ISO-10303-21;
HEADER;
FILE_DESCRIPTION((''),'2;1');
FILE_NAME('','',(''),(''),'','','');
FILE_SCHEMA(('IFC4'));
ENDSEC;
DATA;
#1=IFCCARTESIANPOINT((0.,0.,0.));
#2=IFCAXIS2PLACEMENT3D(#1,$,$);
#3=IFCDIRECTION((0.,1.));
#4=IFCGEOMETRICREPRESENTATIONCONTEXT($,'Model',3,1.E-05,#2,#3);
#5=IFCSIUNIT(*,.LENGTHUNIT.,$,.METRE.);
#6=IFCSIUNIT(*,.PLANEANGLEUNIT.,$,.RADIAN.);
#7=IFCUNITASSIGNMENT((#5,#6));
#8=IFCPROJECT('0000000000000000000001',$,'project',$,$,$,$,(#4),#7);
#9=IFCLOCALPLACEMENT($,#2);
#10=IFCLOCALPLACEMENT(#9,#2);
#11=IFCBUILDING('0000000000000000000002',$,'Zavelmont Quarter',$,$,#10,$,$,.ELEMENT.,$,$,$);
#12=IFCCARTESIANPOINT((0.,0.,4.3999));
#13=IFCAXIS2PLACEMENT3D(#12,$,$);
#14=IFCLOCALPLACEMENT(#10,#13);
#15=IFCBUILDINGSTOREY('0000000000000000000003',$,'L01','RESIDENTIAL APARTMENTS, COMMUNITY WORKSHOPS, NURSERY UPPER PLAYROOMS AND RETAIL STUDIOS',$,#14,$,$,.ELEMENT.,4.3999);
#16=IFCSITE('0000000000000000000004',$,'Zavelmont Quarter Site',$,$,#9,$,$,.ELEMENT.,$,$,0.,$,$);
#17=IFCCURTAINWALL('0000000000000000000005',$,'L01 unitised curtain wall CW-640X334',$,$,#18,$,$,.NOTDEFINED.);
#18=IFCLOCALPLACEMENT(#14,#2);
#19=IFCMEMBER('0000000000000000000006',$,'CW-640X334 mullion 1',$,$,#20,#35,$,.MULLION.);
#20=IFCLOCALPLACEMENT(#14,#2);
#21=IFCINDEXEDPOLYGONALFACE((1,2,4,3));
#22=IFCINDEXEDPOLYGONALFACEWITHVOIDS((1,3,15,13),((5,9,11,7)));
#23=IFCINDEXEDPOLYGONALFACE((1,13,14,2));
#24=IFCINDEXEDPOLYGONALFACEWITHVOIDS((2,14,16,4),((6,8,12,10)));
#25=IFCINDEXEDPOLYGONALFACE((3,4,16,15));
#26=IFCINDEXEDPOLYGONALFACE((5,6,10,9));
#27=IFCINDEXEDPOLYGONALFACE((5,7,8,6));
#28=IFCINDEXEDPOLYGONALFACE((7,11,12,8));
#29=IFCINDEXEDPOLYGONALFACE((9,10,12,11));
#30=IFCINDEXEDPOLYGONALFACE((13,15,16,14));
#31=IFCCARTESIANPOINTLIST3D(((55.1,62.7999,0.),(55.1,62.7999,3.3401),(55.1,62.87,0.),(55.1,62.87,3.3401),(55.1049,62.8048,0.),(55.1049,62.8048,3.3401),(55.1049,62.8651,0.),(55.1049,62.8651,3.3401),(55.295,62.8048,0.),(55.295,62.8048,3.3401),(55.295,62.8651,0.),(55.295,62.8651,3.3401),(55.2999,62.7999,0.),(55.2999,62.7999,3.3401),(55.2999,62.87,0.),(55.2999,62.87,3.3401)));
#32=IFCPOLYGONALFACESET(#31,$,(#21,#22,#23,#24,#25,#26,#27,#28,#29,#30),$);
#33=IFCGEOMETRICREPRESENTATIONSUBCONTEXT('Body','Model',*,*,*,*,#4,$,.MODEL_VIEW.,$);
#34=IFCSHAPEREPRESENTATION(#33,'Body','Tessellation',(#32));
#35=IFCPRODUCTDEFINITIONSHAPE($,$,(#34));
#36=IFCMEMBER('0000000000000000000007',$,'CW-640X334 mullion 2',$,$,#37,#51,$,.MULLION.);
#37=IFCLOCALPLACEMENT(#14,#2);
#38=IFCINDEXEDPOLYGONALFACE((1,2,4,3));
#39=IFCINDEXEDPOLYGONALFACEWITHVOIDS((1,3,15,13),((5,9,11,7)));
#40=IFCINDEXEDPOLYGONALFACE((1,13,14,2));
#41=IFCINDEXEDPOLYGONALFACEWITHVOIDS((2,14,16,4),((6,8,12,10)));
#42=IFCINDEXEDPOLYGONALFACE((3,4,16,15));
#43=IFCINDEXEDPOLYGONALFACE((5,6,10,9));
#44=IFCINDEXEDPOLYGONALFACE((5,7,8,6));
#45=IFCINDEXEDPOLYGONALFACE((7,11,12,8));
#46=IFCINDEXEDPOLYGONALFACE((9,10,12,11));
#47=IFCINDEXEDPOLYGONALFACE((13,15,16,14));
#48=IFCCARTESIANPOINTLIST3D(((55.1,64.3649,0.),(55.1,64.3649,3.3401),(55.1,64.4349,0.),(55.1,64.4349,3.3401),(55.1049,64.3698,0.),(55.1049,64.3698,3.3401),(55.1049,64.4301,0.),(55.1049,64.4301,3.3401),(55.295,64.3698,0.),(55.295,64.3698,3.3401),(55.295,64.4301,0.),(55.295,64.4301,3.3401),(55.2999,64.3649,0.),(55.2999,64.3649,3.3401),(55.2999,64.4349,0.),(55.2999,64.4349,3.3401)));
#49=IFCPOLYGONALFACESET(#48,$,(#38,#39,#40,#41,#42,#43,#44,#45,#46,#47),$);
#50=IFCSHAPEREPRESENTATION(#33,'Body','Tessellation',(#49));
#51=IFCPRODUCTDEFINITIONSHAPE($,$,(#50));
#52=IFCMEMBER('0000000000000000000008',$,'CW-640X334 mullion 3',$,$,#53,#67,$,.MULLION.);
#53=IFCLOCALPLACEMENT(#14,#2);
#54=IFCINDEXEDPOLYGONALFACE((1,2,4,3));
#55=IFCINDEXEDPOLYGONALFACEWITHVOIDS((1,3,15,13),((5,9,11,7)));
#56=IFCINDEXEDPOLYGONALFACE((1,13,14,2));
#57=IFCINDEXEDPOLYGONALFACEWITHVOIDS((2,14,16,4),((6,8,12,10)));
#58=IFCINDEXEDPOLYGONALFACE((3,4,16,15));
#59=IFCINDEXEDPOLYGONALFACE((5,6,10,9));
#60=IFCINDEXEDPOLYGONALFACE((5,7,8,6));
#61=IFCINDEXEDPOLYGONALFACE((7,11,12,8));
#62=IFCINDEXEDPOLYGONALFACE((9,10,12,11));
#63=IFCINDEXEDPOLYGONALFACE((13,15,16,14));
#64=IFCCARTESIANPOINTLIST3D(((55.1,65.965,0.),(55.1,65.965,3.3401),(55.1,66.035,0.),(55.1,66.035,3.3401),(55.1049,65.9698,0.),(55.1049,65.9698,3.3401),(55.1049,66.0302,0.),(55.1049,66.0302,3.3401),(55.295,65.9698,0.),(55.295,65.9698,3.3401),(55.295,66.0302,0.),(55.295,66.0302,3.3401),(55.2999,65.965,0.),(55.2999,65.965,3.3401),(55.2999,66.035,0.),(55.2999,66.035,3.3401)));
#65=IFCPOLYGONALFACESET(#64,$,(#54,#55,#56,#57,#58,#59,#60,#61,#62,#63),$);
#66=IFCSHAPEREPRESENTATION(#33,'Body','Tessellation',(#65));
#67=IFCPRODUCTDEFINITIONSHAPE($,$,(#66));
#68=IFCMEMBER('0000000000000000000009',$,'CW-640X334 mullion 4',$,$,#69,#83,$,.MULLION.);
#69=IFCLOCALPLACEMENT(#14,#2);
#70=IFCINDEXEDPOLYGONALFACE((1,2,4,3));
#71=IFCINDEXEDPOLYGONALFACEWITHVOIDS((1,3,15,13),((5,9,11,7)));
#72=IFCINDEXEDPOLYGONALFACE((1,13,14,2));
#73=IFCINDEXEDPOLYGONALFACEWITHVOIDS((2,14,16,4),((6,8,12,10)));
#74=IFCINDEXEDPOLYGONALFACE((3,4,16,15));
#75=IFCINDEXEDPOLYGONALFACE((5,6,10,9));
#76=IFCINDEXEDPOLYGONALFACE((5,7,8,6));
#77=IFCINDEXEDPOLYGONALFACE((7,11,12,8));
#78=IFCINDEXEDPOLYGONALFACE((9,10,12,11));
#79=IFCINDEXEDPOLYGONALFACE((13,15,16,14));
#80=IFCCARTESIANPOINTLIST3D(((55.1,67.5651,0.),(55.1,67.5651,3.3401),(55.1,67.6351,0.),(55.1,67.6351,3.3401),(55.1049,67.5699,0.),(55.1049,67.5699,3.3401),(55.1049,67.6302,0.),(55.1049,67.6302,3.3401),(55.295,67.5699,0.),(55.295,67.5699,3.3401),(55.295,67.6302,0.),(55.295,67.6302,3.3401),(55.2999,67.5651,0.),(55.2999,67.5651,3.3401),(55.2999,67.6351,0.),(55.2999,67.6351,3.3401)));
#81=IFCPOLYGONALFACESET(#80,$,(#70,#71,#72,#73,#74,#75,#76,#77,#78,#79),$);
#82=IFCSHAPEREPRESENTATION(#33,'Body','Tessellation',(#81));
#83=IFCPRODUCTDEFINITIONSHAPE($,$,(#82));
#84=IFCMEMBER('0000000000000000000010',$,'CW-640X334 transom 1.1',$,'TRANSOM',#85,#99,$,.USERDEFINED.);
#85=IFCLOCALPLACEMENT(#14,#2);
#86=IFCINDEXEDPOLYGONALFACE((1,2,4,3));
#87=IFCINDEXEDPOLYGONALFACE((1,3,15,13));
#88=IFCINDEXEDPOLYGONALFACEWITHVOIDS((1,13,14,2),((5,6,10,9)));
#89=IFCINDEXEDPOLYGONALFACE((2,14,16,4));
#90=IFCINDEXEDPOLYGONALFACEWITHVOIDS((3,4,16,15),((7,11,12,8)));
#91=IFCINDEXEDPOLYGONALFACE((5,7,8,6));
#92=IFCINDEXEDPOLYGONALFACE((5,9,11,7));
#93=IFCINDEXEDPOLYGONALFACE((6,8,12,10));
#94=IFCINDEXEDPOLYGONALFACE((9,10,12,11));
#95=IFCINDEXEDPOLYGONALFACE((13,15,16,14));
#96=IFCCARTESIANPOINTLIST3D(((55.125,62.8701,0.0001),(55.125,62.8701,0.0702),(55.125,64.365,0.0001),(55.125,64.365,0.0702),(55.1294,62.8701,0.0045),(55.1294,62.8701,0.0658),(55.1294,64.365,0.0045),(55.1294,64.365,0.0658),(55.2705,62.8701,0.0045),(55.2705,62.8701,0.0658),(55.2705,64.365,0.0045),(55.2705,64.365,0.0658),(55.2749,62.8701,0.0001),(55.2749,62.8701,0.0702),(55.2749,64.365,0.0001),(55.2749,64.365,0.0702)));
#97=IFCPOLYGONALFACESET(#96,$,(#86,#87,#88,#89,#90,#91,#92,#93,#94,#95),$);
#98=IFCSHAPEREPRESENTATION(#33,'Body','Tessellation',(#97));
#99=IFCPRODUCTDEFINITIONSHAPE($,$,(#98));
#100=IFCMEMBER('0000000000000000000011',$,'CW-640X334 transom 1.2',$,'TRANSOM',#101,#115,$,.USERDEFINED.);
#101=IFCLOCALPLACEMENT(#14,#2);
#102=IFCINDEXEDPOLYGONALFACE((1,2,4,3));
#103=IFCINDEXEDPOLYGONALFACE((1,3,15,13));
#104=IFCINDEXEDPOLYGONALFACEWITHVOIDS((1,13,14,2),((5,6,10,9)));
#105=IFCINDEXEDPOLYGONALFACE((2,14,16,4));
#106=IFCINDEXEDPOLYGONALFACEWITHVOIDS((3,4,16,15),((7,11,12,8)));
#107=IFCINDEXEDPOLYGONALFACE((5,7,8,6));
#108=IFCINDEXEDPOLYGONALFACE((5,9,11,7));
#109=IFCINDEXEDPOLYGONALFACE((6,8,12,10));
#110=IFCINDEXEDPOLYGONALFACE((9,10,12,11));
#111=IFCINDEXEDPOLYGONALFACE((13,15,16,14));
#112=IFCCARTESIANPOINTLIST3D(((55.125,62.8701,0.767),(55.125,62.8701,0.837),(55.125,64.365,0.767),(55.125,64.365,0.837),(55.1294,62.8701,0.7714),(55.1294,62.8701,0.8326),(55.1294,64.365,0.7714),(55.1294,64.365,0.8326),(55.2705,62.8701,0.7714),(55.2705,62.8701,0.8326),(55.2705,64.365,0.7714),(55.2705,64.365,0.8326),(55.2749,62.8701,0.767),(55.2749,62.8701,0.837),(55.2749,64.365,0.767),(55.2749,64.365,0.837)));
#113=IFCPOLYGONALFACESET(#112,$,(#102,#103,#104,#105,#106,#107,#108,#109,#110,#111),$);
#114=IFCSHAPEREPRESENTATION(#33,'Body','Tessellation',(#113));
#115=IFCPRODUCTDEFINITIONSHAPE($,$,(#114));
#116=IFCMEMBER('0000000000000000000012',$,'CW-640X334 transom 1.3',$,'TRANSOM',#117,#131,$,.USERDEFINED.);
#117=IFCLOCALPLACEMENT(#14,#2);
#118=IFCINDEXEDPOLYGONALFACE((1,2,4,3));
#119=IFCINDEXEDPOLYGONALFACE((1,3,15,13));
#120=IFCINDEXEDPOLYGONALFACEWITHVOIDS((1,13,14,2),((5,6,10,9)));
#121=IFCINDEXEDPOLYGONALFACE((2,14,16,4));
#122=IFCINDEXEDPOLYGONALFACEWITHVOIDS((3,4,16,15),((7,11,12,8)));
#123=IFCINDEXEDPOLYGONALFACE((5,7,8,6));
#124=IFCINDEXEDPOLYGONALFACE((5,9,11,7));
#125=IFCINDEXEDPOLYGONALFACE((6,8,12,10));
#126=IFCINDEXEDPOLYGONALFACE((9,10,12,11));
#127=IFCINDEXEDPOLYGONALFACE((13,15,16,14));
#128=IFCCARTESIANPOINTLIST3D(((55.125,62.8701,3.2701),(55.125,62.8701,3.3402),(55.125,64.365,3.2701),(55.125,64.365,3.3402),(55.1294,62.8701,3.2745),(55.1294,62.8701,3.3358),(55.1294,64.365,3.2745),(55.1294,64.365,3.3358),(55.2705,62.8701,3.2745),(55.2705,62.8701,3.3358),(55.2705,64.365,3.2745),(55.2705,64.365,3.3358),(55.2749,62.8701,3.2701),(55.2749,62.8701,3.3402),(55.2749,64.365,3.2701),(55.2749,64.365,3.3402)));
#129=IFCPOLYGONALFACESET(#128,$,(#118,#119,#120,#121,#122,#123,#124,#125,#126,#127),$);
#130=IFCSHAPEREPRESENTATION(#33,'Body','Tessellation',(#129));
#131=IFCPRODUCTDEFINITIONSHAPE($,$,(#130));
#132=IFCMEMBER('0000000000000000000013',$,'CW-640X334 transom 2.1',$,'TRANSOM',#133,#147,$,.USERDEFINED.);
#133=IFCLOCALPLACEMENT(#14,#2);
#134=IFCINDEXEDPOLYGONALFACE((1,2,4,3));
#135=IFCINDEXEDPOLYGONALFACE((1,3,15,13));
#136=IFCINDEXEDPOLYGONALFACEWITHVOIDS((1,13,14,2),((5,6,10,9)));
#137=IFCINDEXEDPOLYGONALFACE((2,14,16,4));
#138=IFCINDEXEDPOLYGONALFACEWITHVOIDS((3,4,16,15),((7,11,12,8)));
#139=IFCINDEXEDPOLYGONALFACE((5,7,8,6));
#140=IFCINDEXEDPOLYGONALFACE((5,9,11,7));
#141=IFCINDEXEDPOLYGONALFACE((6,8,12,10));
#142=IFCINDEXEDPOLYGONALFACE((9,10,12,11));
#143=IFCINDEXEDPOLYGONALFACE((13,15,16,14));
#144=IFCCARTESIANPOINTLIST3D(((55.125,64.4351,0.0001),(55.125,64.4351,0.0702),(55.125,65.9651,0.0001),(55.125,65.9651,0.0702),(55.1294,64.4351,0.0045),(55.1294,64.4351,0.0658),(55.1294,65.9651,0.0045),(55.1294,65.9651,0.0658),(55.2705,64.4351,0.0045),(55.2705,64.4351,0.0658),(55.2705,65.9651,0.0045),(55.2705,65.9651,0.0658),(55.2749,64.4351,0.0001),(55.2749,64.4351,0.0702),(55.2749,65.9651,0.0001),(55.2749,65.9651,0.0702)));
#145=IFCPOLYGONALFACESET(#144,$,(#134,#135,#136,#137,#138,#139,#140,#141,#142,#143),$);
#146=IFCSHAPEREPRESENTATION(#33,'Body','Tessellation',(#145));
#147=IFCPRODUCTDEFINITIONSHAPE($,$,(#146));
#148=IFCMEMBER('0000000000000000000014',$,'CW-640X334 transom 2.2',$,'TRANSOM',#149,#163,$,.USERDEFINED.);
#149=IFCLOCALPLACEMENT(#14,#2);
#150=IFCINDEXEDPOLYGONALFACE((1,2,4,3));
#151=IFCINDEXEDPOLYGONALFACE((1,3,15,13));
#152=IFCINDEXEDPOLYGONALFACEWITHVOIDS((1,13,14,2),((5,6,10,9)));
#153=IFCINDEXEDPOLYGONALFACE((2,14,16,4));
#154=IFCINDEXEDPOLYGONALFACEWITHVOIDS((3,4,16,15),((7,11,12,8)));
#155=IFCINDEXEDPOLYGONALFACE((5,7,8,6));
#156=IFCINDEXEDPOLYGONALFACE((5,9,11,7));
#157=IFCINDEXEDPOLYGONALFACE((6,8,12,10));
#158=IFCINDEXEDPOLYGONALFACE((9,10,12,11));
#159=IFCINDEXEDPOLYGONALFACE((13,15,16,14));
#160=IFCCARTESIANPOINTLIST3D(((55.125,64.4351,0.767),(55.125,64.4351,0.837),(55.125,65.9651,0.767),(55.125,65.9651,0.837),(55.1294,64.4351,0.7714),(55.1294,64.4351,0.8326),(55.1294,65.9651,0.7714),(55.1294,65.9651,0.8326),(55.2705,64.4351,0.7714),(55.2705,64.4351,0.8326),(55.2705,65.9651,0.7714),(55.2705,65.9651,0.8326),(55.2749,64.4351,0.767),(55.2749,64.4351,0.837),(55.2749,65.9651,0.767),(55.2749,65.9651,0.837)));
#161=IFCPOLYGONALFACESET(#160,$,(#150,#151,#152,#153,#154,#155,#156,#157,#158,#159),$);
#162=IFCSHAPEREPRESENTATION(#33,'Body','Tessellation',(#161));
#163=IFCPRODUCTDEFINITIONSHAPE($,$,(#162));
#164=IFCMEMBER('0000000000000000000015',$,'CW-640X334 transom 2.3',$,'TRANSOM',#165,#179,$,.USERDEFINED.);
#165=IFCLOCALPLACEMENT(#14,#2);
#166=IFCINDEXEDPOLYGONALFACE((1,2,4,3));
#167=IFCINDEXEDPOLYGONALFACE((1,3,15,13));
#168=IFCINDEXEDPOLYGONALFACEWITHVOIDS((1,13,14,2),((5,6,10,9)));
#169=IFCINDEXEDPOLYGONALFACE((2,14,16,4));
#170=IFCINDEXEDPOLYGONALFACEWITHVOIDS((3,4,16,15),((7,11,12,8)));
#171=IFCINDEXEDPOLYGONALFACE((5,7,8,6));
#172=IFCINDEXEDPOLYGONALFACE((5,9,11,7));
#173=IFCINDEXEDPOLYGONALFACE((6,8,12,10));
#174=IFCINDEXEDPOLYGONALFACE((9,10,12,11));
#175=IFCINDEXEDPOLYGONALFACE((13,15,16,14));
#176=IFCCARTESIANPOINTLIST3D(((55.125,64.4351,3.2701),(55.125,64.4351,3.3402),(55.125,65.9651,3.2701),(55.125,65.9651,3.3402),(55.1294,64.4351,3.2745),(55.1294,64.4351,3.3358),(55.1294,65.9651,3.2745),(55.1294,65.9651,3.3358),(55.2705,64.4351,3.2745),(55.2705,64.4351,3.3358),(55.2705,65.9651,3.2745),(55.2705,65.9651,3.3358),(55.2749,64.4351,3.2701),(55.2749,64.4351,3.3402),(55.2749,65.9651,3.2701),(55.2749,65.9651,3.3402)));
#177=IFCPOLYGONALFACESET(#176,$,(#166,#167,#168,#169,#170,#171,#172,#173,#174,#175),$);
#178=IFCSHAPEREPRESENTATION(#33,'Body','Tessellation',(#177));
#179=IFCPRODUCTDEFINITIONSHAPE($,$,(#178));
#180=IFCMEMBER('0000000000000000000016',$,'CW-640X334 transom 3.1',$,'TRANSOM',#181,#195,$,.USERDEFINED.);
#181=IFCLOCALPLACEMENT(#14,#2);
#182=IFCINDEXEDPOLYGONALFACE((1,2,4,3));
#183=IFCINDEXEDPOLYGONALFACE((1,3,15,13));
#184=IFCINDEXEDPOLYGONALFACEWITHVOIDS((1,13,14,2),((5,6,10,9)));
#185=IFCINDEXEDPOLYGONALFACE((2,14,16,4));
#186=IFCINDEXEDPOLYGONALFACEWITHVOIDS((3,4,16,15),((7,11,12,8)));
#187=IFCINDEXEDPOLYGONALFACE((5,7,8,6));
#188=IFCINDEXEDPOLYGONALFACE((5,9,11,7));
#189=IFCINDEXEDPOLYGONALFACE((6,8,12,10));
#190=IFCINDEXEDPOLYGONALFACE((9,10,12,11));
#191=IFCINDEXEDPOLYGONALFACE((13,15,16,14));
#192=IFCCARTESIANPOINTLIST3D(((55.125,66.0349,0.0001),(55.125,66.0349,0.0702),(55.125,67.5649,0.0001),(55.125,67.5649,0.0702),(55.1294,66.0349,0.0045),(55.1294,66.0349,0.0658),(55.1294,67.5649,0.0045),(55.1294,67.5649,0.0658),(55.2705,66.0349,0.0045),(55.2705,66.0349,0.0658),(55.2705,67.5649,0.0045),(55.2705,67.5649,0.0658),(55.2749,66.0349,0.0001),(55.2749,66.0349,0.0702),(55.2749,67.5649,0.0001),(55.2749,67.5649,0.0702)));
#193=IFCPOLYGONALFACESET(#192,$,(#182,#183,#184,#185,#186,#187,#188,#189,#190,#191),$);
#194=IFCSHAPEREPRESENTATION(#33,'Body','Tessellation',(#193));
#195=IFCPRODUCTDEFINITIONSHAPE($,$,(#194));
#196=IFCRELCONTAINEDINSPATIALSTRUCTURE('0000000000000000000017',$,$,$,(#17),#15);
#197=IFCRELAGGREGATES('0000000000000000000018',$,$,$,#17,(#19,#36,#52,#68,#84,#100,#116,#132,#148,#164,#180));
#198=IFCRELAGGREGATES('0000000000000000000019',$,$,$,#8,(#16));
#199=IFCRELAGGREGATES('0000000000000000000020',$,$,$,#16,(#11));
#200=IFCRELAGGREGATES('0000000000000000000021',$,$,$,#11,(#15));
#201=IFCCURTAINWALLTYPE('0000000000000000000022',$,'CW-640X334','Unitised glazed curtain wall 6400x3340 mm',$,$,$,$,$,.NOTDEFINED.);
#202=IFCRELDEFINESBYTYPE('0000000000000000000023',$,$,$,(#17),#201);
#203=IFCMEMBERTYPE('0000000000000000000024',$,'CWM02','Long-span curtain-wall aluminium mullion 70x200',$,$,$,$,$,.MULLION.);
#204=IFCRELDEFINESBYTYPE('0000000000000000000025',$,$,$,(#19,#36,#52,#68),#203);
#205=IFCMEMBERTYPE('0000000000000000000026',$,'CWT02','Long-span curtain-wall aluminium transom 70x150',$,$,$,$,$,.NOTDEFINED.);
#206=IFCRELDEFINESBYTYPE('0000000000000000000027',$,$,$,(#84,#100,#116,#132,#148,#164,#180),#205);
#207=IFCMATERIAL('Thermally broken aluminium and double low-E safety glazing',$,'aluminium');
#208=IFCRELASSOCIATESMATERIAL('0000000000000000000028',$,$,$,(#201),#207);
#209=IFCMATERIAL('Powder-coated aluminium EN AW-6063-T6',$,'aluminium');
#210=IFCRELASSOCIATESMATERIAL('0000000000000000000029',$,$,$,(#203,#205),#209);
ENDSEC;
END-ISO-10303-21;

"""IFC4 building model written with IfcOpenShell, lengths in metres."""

from ifc_helpers import new_model, si_unit, direction, frame, origin, origin_2d, place, context, subcontext, project, spatial, hollow_rectangle, extrude, material, material_profile, profile_set, type_object, element, aggregate, save


model = new_model("IFC4")

# Units and contexts
model_context = context("Model", 3, precision=1e-05, world=origin(), true_north=direction((0.0, 1.0)))
body_context = subcontext(model_context, "Body", "Model", "MODEL_VIEW")
ifc_project = project(units=[si_unit("LENGTHUNIT", "METRE"), si_unit("PLANEANGLEUNIT", "RADIAN")], contexts=[model_context])

# Site, building, storey
site_placement = place(None, origin())
site = spatial("IfcSite", under=ifc_project, at=site_placement, Name="Zavelmont Quarter Site", CompositionType="ELEMENT", RefElevation=0.0)
building_placement = place(site_placement, origin())
building = spatial("IfcBuilding", under=site, at=building_placement, Name="Zavelmont Quarter", CompositionType="ELEMENT")
storey_placement = place(building_placement, frame((0.0, 0.0, 4.3999)))
storey = spatial("IfcBuildingStorey", under=building, at=storey_placement, Name="L01", Description="RESIDENTIAL APARTMENTS, COMMUNITY WORKSHOPS, NURSERY UPPER PLAYROOMS AND RETAIL STUDIOS", CompositionType="ELEMENT", Elevation=4.3999)

# Curtain wall, members
ifc_material_1 = material(Name="Thermally broken aluminium and double low-E safety glazing", Category="aluminium")
curtain_wall_type = type_object("IfcCurtainWallType", Name="CW-640X334", Description="Unitised glazed curtain wall 6400x3340 mm", PredefinedType="NOTDEFINED", material=ifc_material_1)
curtain_wall_placement = place(storey_placement, origin())
curtain_wall = element("IfcCurtainWall", 1, at=curtain_wall_placement, inside=storey, type_object=curtain_wall_type, Name="L01 unitised curtain wall CW-640X334", PredefinedType="NOTDEFINED")
ifc_material_2 = material(Name="Powder-coated aluminium EN AW-6063-T6", Category="aluminium")
ifc_material_profile_1 = material_profile(ifc_material_2, hollow_rectangle(XDim=0.0701, YDim=0.2, WallThickness=0.0049, at=origin_2d()), Name="CWM70X200")
ifc_profile_set_1 = profile_set([ifc_material_profile_1], Name="Powder-coated aluminium EN AW-6063-T6")
member_type_1 = type_object("IfcMemberType", Name="CWM02", Description="Long-span curtain-wall aluminium mullion 70x200", PredefinedType="MULLION", material=ifc_profile_set_1)
member_1_placement = place(storey_placement, frame((55.2, 62.835, 0.0), z_axis=(0.0, 0.0, 1.0), x_axis=(0.0, 1.0, 0.0)))
member_1 = element("IfcMember", 2, at=member_1_placement, type_object=member_type_1, Name="CW-640X334 mullion 1", PredefinedType="MULLION", context=body_context, shape_type="SweptSolid", body=[
    extrude(hollow_rectangle(XDim=0.0701, YDim=0.2, WallThickness=0.0049, at=origin_2d()), origin(), (0.0, 0.0, 1.0), 3.3401),
])
member_2_placement = place(storey_placement, frame((55.2, 64.3999, 0.0), z_axis=(0.0, 0.0, 1.0), x_axis=(0.0, 1.0, 0.0)))
member_2 = element("IfcMember", 3, at=member_2_placement, type_object=member_type_1, Name="CW-640X334 mullion 2", PredefinedType="MULLION", context=body_context, shape_type="SweptSolid", body=[
    extrude(hollow_rectangle(XDim=0.0701, YDim=0.2, WallThickness=0.0049, at=origin_2d()), origin(), (0.0, 0.0, 1.0), 3.3401),
])
member_3_placement = place(storey_placement, frame((55.2, 66.0, 0.0), z_axis=(0.0, 0.0, 1.0), x_axis=(0.0, 1.0, 0.0)))
member_3 = element("IfcMember", 4, at=member_3_placement, type_object=member_type_1, Name="CW-640X334 mullion 3", PredefinedType="MULLION", context=body_context, shape_type="SweptSolid", body=[
    extrude(hollow_rectangle(XDim=0.0701, YDim=0.2, WallThickness=0.0049, at=origin_2d()), origin(), (0.0, 0.0, 1.0), 3.3401),
])
member_4_placement = place(storey_placement, frame((55.2, 67.6001, 0.0), z_axis=(0.0, 0.0, 1.0), x_axis=(0.0, 1.0, 0.0)))
member_4 = element("IfcMember", 5, at=member_4_placement, type_object=member_type_1, Name="CW-640X334 mullion 4", PredefinedType="MULLION", context=body_context, shape_type="SweptSolid", body=[
    extrude(hollow_rectangle(XDim=0.0701, YDim=0.2, WallThickness=0.0049, at=origin_2d()), origin(), (0.0, 0.0, 1.0), 3.3401),
])
ifc_material_profile_2 = material_profile(ifc_material_2, hollow_rectangle(XDim=0.1499, YDim=0.0701, WallThickness=0.0044, at=origin_2d()), Name="CWT70X150")
ifc_profile_set_2 = profile_set([ifc_material_profile_2], Name="Powder-coated aluminium EN AW-6063-T6")
member_type_2 = type_object("IfcMemberType", Name="CWT02", Description="Long-span curtain-wall aluminium transom 70x150", PredefinedType="NOTDEFINED", material=ifc_profile_set_2)
member_5_placement = place(storey_placement, frame((55.2, 62.8701, 0.0352), z_axis=(0.0, 1.0, 0.0), x_axis=(-1.0, 0.0, 0.0)))
member_5 = element("IfcMember", 6, at=member_5_placement, type_object=member_type_2, Name="CW-640X334 transom 1.1", ObjectType="TRANSOM", PredefinedType="USERDEFINED", context=body_context, shape_type="SweptSolid", body=[
    extrude(hollow_rectangle(XDim=0.1499, YDim=0.0701, WallThickness=0.0044, at=origin_2d()), origin(), (0.0, 0.0, 1.0), 1.4949),
])
member_6_placement = place(storey_placement, frame((55.2, 62.8701, 0.802), z_axis=(0.0, 1.0, 0.0), x_axis=(-1.0, 0.0, 0.0)))
member_6 = element("IfcMember", 7, at=member_6_placement, type_object=member_type_2, Name="CW-640X334 transom 1.2", ObjectType="TRANSOM", PredefinedType="USERDEFINED", context=body_context, shape_type="SweptSolid", body=[
    extrude(hollow_rectangle(XDim=0.1499, YDim=0.0701, WallThickness=0.0044, at=origin_2d()), origin(), (0.0, 0.0, 1.0), 1.4949),
])
member_7_placement = place(storey_placement, frame((55.2, 62.8701, 3.3052), z_axis=(0.0, 1.0, 0.0), x_axis=(-1.0, 0.0, 0.0)))
member_7 = element("IfcMember", 8, at=member_7_placement, type_object=member_type_2, Name="CW-640X334 transom 1.3", ObjectType="TRANSOM", PredefinedType="USERDEFINED", context=body_context, shape_type="SweptSolid", body=[
    extrude(hollow_rectangle(XDim=0.1499, YDim=0.0701, WallThickness=0.0044, at=origin_2d()), origin(), (0.0, 0.0, 1.0), 1.4949),
])
member_8_placement = place(storey_placement, frame((55.2, 64.4351, 0.0352), z_axis=(0.0, 1.0, 0.0), x_axis=(-1.0, 0.0, 0.0)))
member_8 = element("IfcMember", 9, at=member_8_placement, type_object=member_type_2, Name="CW-640X334 transom 2.1", ObjectType="TRANSOM", PredefinedType="USERDEFINED", context=body_context, shape_type="SweptSolid", body=[
    extrude(hollow_rectangle(XDim=0.1499, YDim=0.0701, WallThickness=0.0044, at=origin_2d()), origin(), (0.0, 0.0, 1.0), 1.53),
])
member_9_placement = place(storey_placement, frame((55.2, 64.4351, 0.802), z_axis=(0.0, 1.0, 0.0), x_axis=(-1.0, 0.0, 0.0)))
member_9 = element("IfcMember", 10, at=member_9_placement, type_object=member_type_2, Name="CW-640X334 transom 2.2", ObjectType="TRANSOM", PredefinedType="USERDEFINED", context=body_context, shape_type="SweptSolid", body=[
    extrude(hollow_rectangle(XDim=0.1499, YDim=0.0701, WallThickness=0.0044, at=origin_2d()), origin(), (0.0, 0.0, 1.0), 1.53),
])
member_10_placement = place(storey_placement, frame((55.2, 64.4351, 3.3052), z_axis=(0.0, 1.0, 0.0), x_axis=(-1.0, 0.0, 0.0)))
member_10 = element("IfcMember", 11, at=member_10_placement, type_object=member_type_2, Name="CW-640X334 transom 2.3", ObjectType="TRANSOM", PredefinedType="USERDEFINED", context=body_context, shape_type="SweptSolid", body=[
    extrude(hollow_rectangle(XDim=0.1499, YDim=0.0701, WallThickness=0.0044, at=origin_2d()), origin(), (0.0, 0.0, 1.0), 1.53),
])
member_11_placement = place(storey_placement, frame((55.2, 66.0349, 0.0352), z_axis=(0.0, 1.0, 0.0), x_axis=(-1.0, 0.0, 0.0)))
member_11 = element("IfcMember", 12, at=member_11_placement, type_object=member_type_2, Name="CW-640X334 transom 3.1", ObjectType="TRANSOM", PredefinedType="USERDEFINED", context=body_context, shape_type="SweptSolid", body=[
    extrude(hollow_rectangle(XDim=0.1499, YDim=0.0701, WallThickness=0.0044, at=origin_2d()), origin(), (0.0, 0.0, 1.0), 1.53),
])
aggregate(curtain_wall, [member_1, member_2, member_3, member_4, member_5, member_6, member_7, member_8, member_9, member_10, member_11])

save(model, "model.ifc")
